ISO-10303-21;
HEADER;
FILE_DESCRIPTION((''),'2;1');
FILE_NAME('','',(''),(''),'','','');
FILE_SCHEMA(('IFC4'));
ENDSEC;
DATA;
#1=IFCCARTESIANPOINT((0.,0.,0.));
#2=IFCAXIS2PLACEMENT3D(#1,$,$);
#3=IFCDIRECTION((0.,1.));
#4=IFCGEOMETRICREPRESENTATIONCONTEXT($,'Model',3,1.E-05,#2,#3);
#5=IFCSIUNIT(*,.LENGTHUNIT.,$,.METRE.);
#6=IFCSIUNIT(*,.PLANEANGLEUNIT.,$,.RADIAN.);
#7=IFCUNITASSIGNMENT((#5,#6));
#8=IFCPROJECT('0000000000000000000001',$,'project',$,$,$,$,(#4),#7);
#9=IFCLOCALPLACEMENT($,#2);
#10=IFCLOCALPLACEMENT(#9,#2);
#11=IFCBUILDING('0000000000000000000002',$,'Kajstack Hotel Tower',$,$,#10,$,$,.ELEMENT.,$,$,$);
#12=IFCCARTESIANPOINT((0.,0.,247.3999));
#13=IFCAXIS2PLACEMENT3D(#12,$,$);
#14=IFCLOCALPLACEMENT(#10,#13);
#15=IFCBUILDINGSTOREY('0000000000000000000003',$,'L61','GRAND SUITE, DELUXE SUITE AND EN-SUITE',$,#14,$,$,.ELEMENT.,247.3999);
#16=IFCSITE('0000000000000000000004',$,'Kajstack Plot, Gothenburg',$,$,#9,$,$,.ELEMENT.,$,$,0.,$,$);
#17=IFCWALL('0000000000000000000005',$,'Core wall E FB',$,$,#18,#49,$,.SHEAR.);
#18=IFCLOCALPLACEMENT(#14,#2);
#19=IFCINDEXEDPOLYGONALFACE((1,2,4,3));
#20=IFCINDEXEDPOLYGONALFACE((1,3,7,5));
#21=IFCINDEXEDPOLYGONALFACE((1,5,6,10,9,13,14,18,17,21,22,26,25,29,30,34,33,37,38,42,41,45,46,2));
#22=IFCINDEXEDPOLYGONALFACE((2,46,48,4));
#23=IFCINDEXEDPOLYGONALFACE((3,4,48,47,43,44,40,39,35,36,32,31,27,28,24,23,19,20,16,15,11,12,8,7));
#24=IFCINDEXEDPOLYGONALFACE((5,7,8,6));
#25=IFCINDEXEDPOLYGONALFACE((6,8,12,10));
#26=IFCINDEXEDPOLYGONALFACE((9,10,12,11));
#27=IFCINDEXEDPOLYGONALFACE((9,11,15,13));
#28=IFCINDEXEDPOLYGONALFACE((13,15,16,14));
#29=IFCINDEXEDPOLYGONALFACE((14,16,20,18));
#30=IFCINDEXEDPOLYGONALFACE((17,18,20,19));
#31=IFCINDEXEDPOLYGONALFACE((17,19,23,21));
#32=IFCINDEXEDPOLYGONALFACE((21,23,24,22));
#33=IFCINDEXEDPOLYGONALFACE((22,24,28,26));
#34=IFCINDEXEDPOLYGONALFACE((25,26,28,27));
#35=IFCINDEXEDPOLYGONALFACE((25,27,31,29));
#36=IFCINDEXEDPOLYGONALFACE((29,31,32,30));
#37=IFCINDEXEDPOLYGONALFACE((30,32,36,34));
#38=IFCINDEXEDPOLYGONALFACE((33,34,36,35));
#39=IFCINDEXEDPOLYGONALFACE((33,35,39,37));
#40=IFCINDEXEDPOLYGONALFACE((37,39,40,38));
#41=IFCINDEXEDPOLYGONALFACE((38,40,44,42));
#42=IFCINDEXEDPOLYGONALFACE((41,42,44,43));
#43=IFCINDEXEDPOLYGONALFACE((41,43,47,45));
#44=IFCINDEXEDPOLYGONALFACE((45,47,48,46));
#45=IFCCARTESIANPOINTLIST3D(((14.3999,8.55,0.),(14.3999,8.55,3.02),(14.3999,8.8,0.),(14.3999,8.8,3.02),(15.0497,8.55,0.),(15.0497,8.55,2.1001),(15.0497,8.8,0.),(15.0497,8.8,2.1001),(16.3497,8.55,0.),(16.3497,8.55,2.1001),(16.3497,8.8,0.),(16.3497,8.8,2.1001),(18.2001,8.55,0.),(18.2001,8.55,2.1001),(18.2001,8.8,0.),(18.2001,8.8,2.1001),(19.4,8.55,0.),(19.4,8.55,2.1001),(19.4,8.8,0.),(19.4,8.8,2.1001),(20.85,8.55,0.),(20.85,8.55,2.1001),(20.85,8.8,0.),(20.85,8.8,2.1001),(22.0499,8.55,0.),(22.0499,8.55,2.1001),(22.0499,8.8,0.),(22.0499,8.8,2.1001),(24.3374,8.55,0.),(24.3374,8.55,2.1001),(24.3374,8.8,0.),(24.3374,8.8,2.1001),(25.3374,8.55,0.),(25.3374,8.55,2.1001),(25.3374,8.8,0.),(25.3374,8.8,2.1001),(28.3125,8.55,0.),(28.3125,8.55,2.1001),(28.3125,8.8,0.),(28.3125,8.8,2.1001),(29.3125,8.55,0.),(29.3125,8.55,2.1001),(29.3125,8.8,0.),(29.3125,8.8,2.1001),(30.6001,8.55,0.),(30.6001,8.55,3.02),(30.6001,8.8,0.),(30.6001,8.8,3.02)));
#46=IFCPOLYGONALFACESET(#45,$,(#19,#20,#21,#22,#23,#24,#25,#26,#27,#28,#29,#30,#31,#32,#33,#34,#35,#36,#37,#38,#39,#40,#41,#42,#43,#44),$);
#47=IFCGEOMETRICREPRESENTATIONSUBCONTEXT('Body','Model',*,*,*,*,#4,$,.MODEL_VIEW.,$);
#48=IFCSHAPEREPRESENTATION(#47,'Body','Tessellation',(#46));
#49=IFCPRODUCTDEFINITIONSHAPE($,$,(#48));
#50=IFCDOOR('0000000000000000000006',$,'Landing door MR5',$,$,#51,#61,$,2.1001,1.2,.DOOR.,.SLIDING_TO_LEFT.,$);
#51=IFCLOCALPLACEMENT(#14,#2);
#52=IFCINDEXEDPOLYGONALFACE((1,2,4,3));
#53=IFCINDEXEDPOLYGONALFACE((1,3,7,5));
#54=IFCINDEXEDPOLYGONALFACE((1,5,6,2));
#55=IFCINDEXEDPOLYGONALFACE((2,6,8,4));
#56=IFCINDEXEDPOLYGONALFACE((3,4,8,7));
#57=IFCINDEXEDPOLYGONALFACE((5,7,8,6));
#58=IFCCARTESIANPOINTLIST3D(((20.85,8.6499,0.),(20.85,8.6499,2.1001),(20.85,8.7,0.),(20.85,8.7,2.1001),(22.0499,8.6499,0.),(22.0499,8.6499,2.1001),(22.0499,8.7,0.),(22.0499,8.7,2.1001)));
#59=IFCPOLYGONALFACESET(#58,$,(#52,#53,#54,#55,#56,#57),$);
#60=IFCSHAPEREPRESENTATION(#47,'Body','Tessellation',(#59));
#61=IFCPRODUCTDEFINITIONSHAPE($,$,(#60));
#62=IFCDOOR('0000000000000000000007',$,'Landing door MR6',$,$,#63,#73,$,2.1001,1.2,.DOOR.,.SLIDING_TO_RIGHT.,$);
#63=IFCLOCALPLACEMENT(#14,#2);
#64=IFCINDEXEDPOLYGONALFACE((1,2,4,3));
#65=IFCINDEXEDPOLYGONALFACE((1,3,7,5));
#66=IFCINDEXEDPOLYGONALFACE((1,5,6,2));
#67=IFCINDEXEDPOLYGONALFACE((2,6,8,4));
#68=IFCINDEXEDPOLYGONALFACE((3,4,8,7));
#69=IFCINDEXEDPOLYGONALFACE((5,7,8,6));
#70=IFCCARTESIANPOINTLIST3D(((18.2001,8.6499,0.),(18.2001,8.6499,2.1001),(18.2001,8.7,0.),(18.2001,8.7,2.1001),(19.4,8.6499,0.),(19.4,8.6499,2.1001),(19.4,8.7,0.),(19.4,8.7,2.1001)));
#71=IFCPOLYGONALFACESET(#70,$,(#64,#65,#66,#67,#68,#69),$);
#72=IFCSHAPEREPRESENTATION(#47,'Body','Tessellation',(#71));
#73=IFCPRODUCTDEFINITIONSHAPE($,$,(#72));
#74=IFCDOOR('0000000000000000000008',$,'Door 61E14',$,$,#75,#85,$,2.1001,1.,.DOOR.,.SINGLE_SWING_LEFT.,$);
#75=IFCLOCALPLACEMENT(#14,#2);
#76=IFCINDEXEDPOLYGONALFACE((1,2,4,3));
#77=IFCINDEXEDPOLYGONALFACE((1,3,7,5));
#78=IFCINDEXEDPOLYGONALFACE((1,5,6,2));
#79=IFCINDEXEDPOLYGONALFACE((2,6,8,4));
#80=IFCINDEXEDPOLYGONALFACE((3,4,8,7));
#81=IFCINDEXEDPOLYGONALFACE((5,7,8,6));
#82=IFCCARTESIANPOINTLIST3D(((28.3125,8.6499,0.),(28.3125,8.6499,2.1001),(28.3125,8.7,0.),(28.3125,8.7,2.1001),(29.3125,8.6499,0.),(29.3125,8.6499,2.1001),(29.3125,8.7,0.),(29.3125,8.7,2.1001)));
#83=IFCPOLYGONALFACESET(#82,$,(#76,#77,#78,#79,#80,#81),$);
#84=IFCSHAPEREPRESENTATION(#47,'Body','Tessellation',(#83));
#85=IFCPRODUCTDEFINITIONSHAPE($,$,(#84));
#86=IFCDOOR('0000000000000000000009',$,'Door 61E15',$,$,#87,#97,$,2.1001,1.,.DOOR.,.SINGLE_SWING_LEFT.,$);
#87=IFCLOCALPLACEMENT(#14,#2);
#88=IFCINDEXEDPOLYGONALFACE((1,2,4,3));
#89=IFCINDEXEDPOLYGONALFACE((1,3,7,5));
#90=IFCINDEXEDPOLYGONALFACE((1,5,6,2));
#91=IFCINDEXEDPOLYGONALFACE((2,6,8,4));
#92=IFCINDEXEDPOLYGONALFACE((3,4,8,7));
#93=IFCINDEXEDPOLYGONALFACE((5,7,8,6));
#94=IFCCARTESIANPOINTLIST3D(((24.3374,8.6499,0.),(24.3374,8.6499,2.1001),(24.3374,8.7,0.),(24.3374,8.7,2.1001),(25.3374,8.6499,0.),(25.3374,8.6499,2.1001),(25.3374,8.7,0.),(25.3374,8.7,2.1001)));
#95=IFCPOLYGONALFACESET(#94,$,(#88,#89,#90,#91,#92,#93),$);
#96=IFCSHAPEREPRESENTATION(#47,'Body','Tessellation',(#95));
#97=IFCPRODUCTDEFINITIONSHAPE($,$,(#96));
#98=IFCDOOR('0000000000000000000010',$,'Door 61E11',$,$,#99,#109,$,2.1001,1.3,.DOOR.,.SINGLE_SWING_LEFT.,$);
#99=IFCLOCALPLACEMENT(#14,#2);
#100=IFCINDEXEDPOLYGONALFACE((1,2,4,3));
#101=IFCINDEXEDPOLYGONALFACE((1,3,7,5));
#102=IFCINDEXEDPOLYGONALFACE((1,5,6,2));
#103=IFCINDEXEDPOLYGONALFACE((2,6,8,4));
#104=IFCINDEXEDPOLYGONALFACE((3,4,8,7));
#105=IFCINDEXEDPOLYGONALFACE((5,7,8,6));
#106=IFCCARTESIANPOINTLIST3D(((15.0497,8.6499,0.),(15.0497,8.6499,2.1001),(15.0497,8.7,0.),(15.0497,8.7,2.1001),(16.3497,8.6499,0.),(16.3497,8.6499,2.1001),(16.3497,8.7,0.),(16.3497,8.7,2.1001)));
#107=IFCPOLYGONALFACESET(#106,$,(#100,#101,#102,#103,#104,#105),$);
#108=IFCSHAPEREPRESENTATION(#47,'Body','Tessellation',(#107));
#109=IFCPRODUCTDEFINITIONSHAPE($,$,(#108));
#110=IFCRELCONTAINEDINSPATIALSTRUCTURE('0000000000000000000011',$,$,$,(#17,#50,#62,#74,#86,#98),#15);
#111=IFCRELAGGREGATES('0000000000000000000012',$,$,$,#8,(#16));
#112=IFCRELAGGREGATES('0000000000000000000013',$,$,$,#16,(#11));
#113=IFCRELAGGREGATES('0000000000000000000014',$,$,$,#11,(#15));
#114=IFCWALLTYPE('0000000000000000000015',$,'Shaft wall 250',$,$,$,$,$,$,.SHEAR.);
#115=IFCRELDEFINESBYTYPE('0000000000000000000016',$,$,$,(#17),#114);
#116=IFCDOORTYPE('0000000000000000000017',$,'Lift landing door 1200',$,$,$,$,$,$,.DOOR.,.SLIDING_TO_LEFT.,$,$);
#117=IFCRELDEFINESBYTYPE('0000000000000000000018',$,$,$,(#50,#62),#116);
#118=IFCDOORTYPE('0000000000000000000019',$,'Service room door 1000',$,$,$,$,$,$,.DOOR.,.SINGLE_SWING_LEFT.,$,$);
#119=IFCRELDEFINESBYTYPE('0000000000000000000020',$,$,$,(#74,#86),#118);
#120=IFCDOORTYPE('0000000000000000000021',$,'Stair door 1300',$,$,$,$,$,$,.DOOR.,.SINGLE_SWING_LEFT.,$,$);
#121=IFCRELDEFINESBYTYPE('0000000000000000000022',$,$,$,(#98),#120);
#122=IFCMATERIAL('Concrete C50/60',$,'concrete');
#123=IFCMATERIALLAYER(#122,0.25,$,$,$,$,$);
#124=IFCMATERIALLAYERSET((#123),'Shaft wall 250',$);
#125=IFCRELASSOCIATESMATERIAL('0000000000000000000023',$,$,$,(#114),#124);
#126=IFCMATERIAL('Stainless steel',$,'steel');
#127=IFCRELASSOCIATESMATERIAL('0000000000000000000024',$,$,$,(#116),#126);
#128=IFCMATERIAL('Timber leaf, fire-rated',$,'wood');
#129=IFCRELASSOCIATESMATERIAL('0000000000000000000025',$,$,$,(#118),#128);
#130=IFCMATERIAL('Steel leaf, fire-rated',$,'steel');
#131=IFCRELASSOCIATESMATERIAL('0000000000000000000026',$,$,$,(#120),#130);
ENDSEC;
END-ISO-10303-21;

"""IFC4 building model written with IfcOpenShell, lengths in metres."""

from ifc_helpers import new_model, si_unit, direction, frame, frame_2d, origin, place, context, subcontext, project, spatial, rectangle, extrude, material, layer, layer_set, type_object, element, fill, save


model = new_model("IFC4")

# Units and contexts
model_context = context("Model", 3, precision=1e-05, world=origin(), true_north=direction((0.0, 1.0)))
body_context = subcontext(model_context, "Body", "Model", "MODEL_VIEW")
ifc_project = project(units=[si_unit("LENGTHUNIT", "METRE"), si_unit("PLANEANGLEUNIT", "RADIAN")], contexts=[model_context])

# Site, building, storey
site_placement = place(None, origin())
site = spatial("IfcSite", under=ifc_project, at=site_placement, Name="Kajstack Plot, Gothenburg", CompositionType="ELEMENT", RefElevation=0.0)
building_placement = place(site_placement, origin())
building = spatial("IfcBuilding", under=site, at=building_placement, Name="Kajstack Hotel Tower", CompositionType="ELEMENT")
storey_placement = place(building_placement, frame((0.0, 0.0, 247.3999)))
storey = spatial("IfcBuildingStorey", under=building, at=storey_placement, Name="L61", Description="GRAND SUITE, DELUXE SUITE AND EN-SUITE", CompositionType="ELEMENT", Elevation=247.3999)

# Wall, openings, doors
ifc_material_1 = material(Name="Concrete C50/60", Category="concrete")
ifc_layer_1 = layer(ifc_material_1, 0.25)
ifc_layer_set_1 = layer_set([ifc_layer_1], Name="Shaft wall 250")
wall_type_1 = type_object("IfcWallType", Name="Shaft wall 250", PredefinedType="SHEAR", material=ifc_layer_set_1)
wall_1_placement = place(storey_placement, frame((14.3999, 8.675, 0.0), z_axis=(0.0, 0.0, 1.0), x_axis=(1.0, 0.0, 0.0)))
wall_1 = element("IfcWall", 1, at=wall_1_placement, inside=storey, type_object=wall_type_1, Name="Core wall E FB", PredefinedType="SHEAR", context=body_context, shape_type="SweptSolid", body=[
    extrude(rectangle(XDim=16.2002, YDim=0.25, at=frame_2d((8.1001, 0.0))), origin(), (0.0, 0.0, 1.0), 3.02),
])
opening_1_placement = place(wall_1_placement, frame((6.45, 0.0, 0.0)))
opening_1 = element("IfcOpeningElement", 2, at=opening_1_placement, cuts=wall_1, PredefinedType="OPENING", context=body_context, shape_type="SweptSolid", body=[
    extrude(rectangle(XDim=1.2, YDim=2.1001, at=frame_2d((0.6001, 1.05))), frame((0.0, 0.135, 0.0), z_axis=(0.0, -1.0, 0.0), x_axis=(1.0, 0.0, 0.0)), (0.0, 0.0, 1.0), 0.27),
])
opening_2_placement = place(wall_1_placement, frame((3.8, 0.0, 0.0)))
opening_2 = element("IfcOpeningElement", 3, at=opening_2_placement, cuts=wall_1, PredefinedType="OPENING", context=body_context, shape_type="SweptSolid", body=[
    extrude(rectangle(XDim=1.2, YDim=2.1001, at=frame_2d((0.6001, 1.05))), frame((0.0, 0.135, 0.0), z_axis=(0.0, -1.0, 0.0), x_axis=(1.0, 0.0, 0.0)), (0.0, 0.0, 1.0), 0.27),
])
opening_3_placement = place(wall_1_placement, frame((0.6499, 0.0, 0.0)))
opening_3 = element("IfcOpeningElement", 4, at=opening_3_placement, cuts=wall_1, PredefinedType="OPENING", context=body_context, shape_type="SweptSolid", body=[
    extrude(rectangle(XDim=1.3, YDim=2.1001, at=frame_2d((0.6499, 1.05))), frame((0.0, 0.135, 0.0), z_axis=(0.0, -1.0, 0.0), x_axis=(1.0, 0.0, 0.0)), (0.0, 0.0, 1.0), 0.27),
])
opening_4_placement = place(wall_1_placement, frame((13.9126, 0.0, 0.0)))
opening_4 = element("IfcOpeningElement", 5, at=opening_4_placement, cuts=wall_1, PredefinedType="OPENING", context=body_context, shape_type="SweptSolid", body=[
    extrude(rectangle(XDim=1.0, YDim=2.1001, at=frame_2d((0.5, 1.05))), frame((0.0, 0.135, 0.0), z_axis=(0.0, -1.0, 0.0), x_axis=(1.0, 0.0, 0.0)), (0.0, 0.0, 1.0), 0.27),
])
opening_5_placement = place(wall_1_placement, frame((9.9375, 0.0, 0.0)))
opening_5 = element("IfcOpeningElement", 6, at=opening_5_placement, cuts=wall_1, PredefinedType="OPENING", context=body_context, shape_type="SweptSolid", body=[
    extrude(rectangle(XDim=1.0, YDim=2.1001, at=frame_2d((0.5, 1.05))), frame((0.0, 0.135, 0.0), z_axis=(0.0, -1.0, 0.0), x_axis=(1.0, 0.0, 0.0)), (0.0, 0.0, 1.0), 0.27),
])
ifc_material_2 = material(Name="Stainless steel", Category="steel")
door_type_1 = type_object("IfcDoorType", Name="Lift landing door 1200", OperationType="SLIDING_TO_LEFT", PredefinedType="DOOR", material=ifc_material_2)
door_1_placement = place(opening_1_placement, origin())
door_1 = element("IfcDoor", 7, at=door_1_placement, inside=storey, type_object=door_type_1, Name="Landing door MR5", OperationType="SLIDING_TO_LEFT", OverallHeight=2.1001, OverallWidth=1.2, PredefinedType="DOOR", context=body_context, shape_type="SweptSolid", body=[
    extrude(rectangle(XDim=1.2, YDim=2.1001, at=frame_2d((0.6001, 1.05))), frame((0.0, 0.0249, 0.0), z_axis=(0.0, -1.0, 0.0), x_axis=(1.0, 0.0, 0.0)), (0.0, 0.0, 1.0), 0.05),
])
fill(opening_1, door_1)
door_2_placement = place(opening_2_placement, origin())
door_2 = element("IfcDoor", 8, at=door_2_placement, inside=storey, type_object=door_type_1, Name="Landing door MR6", OperationType="SLIDING_TO_RIGHT", OverallHeight=2.1001, OverallWidth=1.2, PredefinedType="DOOR", context=body_context, shape_type="SweptSolid", body=[
    extrude(rectangle(XDim=1.2, YDim=2.1001, at=frame_2d((0.6001, 1.05))), frame((0.0, 0.0249, 0.0), z_axis=(0.0, -1.0, 0.0), x_axis=(1.0, 0.0, 0.0)), (0.0, 0.0, 1.0), 0.05),
])
fill(opening_2, door_2)
ifc_material_3 = material(Name="Timber leaf, fire-rated", Category="wood")
door_type_2 = type_object("IfcDoorType", Name="Service room door 1000", OperationType="SINGLE_SWING_LEFT", PredefinedType="DOOR", material=ifc_material_3)
door_3_placement = place(opening_4_placement, origin())
door_3 = element("IfcDoor", 9, at=door_3_placement, inside=storey, type_object=door_type_2, Name="Door 61E14", OperationType="SINGLE_SWING_LEFT", OverallHeight=2.1001, OverallWidth=1.0, PredefinedType="DOOR", context=body_context, shape_type="SweptSolid", body=[
    extrude(rectangle(XDim=1.0, YDim=2.1001, at=frame_2d((0.5, 1.05))), frame((0.0, 0.0249, 0.0), z_axis=(0.0, -1.0, 0.0), x_axis=(1.0, 0.0, 0.0)), (0.0, 0.0, 1.0), 0.05),
])
fill(opening_4, door_3)
door_4_placement = place(opening_5_placement, origin())
door_4 = element("IfcDoor", 10, at=door_4_placement, inside=storey, type_object=door_type_2, Name="Door 61E15", OperationType="SINGLE_SWING_LEFT", OverallHeight=2.1001, OverallWidth=1.0, PredefinedType="DOOR", context=body_context, shape_type="SweptSolid", body=[
    extrude(rectangle(XDim=1.0, YDim=2.1001, at=frame_2d((0.5, 1.05))), frame((0.0, 0.0249, 0.0), z_axis=(0.0, -1.0, 0.0), x_axis=(1.0, 0.0, 0.0)), (0.0, 0.0, 1.0), 0.05),
])
fill(opening_5, door_4)
ifc_material_4 = material(Name="Steel leaf, fire-rated", Category="steel")
door_type_3 = type_object("IfcDoorType", Name="Stair door 1300", OperationType="SINGLE_SWING_LEFT", PredefinedType="DOOR", material=ifc_material_4)
door_5_placement = place(opening_3_placement, origin())
door_5 = element("IfcDoor", 11, at=door_5_placement, inside=storey, type_object=door_type_3, Name="Door 61E11", OperationType="SINGLE_SWING_LEFT", OverallHeight=2.1001, OverallWidth=1.3, PredefinedType="DOOR", context=body_context, shape_type="SweptSolid", body=[
    extrude(rectangle(XDim=1.3, YDim=2.1001, at=frame_2d((0.6499, 1.05))), frame((0.0, 0.0249, 0.0), z_axis=(0.0, -1.0, 0.0), x_axis=(1.0, 0.0, 0.0)), (0.0, 0.0, 1.0), 0.05),
])
fill(opening_3, door_5)

save(model, "model.ifc")
